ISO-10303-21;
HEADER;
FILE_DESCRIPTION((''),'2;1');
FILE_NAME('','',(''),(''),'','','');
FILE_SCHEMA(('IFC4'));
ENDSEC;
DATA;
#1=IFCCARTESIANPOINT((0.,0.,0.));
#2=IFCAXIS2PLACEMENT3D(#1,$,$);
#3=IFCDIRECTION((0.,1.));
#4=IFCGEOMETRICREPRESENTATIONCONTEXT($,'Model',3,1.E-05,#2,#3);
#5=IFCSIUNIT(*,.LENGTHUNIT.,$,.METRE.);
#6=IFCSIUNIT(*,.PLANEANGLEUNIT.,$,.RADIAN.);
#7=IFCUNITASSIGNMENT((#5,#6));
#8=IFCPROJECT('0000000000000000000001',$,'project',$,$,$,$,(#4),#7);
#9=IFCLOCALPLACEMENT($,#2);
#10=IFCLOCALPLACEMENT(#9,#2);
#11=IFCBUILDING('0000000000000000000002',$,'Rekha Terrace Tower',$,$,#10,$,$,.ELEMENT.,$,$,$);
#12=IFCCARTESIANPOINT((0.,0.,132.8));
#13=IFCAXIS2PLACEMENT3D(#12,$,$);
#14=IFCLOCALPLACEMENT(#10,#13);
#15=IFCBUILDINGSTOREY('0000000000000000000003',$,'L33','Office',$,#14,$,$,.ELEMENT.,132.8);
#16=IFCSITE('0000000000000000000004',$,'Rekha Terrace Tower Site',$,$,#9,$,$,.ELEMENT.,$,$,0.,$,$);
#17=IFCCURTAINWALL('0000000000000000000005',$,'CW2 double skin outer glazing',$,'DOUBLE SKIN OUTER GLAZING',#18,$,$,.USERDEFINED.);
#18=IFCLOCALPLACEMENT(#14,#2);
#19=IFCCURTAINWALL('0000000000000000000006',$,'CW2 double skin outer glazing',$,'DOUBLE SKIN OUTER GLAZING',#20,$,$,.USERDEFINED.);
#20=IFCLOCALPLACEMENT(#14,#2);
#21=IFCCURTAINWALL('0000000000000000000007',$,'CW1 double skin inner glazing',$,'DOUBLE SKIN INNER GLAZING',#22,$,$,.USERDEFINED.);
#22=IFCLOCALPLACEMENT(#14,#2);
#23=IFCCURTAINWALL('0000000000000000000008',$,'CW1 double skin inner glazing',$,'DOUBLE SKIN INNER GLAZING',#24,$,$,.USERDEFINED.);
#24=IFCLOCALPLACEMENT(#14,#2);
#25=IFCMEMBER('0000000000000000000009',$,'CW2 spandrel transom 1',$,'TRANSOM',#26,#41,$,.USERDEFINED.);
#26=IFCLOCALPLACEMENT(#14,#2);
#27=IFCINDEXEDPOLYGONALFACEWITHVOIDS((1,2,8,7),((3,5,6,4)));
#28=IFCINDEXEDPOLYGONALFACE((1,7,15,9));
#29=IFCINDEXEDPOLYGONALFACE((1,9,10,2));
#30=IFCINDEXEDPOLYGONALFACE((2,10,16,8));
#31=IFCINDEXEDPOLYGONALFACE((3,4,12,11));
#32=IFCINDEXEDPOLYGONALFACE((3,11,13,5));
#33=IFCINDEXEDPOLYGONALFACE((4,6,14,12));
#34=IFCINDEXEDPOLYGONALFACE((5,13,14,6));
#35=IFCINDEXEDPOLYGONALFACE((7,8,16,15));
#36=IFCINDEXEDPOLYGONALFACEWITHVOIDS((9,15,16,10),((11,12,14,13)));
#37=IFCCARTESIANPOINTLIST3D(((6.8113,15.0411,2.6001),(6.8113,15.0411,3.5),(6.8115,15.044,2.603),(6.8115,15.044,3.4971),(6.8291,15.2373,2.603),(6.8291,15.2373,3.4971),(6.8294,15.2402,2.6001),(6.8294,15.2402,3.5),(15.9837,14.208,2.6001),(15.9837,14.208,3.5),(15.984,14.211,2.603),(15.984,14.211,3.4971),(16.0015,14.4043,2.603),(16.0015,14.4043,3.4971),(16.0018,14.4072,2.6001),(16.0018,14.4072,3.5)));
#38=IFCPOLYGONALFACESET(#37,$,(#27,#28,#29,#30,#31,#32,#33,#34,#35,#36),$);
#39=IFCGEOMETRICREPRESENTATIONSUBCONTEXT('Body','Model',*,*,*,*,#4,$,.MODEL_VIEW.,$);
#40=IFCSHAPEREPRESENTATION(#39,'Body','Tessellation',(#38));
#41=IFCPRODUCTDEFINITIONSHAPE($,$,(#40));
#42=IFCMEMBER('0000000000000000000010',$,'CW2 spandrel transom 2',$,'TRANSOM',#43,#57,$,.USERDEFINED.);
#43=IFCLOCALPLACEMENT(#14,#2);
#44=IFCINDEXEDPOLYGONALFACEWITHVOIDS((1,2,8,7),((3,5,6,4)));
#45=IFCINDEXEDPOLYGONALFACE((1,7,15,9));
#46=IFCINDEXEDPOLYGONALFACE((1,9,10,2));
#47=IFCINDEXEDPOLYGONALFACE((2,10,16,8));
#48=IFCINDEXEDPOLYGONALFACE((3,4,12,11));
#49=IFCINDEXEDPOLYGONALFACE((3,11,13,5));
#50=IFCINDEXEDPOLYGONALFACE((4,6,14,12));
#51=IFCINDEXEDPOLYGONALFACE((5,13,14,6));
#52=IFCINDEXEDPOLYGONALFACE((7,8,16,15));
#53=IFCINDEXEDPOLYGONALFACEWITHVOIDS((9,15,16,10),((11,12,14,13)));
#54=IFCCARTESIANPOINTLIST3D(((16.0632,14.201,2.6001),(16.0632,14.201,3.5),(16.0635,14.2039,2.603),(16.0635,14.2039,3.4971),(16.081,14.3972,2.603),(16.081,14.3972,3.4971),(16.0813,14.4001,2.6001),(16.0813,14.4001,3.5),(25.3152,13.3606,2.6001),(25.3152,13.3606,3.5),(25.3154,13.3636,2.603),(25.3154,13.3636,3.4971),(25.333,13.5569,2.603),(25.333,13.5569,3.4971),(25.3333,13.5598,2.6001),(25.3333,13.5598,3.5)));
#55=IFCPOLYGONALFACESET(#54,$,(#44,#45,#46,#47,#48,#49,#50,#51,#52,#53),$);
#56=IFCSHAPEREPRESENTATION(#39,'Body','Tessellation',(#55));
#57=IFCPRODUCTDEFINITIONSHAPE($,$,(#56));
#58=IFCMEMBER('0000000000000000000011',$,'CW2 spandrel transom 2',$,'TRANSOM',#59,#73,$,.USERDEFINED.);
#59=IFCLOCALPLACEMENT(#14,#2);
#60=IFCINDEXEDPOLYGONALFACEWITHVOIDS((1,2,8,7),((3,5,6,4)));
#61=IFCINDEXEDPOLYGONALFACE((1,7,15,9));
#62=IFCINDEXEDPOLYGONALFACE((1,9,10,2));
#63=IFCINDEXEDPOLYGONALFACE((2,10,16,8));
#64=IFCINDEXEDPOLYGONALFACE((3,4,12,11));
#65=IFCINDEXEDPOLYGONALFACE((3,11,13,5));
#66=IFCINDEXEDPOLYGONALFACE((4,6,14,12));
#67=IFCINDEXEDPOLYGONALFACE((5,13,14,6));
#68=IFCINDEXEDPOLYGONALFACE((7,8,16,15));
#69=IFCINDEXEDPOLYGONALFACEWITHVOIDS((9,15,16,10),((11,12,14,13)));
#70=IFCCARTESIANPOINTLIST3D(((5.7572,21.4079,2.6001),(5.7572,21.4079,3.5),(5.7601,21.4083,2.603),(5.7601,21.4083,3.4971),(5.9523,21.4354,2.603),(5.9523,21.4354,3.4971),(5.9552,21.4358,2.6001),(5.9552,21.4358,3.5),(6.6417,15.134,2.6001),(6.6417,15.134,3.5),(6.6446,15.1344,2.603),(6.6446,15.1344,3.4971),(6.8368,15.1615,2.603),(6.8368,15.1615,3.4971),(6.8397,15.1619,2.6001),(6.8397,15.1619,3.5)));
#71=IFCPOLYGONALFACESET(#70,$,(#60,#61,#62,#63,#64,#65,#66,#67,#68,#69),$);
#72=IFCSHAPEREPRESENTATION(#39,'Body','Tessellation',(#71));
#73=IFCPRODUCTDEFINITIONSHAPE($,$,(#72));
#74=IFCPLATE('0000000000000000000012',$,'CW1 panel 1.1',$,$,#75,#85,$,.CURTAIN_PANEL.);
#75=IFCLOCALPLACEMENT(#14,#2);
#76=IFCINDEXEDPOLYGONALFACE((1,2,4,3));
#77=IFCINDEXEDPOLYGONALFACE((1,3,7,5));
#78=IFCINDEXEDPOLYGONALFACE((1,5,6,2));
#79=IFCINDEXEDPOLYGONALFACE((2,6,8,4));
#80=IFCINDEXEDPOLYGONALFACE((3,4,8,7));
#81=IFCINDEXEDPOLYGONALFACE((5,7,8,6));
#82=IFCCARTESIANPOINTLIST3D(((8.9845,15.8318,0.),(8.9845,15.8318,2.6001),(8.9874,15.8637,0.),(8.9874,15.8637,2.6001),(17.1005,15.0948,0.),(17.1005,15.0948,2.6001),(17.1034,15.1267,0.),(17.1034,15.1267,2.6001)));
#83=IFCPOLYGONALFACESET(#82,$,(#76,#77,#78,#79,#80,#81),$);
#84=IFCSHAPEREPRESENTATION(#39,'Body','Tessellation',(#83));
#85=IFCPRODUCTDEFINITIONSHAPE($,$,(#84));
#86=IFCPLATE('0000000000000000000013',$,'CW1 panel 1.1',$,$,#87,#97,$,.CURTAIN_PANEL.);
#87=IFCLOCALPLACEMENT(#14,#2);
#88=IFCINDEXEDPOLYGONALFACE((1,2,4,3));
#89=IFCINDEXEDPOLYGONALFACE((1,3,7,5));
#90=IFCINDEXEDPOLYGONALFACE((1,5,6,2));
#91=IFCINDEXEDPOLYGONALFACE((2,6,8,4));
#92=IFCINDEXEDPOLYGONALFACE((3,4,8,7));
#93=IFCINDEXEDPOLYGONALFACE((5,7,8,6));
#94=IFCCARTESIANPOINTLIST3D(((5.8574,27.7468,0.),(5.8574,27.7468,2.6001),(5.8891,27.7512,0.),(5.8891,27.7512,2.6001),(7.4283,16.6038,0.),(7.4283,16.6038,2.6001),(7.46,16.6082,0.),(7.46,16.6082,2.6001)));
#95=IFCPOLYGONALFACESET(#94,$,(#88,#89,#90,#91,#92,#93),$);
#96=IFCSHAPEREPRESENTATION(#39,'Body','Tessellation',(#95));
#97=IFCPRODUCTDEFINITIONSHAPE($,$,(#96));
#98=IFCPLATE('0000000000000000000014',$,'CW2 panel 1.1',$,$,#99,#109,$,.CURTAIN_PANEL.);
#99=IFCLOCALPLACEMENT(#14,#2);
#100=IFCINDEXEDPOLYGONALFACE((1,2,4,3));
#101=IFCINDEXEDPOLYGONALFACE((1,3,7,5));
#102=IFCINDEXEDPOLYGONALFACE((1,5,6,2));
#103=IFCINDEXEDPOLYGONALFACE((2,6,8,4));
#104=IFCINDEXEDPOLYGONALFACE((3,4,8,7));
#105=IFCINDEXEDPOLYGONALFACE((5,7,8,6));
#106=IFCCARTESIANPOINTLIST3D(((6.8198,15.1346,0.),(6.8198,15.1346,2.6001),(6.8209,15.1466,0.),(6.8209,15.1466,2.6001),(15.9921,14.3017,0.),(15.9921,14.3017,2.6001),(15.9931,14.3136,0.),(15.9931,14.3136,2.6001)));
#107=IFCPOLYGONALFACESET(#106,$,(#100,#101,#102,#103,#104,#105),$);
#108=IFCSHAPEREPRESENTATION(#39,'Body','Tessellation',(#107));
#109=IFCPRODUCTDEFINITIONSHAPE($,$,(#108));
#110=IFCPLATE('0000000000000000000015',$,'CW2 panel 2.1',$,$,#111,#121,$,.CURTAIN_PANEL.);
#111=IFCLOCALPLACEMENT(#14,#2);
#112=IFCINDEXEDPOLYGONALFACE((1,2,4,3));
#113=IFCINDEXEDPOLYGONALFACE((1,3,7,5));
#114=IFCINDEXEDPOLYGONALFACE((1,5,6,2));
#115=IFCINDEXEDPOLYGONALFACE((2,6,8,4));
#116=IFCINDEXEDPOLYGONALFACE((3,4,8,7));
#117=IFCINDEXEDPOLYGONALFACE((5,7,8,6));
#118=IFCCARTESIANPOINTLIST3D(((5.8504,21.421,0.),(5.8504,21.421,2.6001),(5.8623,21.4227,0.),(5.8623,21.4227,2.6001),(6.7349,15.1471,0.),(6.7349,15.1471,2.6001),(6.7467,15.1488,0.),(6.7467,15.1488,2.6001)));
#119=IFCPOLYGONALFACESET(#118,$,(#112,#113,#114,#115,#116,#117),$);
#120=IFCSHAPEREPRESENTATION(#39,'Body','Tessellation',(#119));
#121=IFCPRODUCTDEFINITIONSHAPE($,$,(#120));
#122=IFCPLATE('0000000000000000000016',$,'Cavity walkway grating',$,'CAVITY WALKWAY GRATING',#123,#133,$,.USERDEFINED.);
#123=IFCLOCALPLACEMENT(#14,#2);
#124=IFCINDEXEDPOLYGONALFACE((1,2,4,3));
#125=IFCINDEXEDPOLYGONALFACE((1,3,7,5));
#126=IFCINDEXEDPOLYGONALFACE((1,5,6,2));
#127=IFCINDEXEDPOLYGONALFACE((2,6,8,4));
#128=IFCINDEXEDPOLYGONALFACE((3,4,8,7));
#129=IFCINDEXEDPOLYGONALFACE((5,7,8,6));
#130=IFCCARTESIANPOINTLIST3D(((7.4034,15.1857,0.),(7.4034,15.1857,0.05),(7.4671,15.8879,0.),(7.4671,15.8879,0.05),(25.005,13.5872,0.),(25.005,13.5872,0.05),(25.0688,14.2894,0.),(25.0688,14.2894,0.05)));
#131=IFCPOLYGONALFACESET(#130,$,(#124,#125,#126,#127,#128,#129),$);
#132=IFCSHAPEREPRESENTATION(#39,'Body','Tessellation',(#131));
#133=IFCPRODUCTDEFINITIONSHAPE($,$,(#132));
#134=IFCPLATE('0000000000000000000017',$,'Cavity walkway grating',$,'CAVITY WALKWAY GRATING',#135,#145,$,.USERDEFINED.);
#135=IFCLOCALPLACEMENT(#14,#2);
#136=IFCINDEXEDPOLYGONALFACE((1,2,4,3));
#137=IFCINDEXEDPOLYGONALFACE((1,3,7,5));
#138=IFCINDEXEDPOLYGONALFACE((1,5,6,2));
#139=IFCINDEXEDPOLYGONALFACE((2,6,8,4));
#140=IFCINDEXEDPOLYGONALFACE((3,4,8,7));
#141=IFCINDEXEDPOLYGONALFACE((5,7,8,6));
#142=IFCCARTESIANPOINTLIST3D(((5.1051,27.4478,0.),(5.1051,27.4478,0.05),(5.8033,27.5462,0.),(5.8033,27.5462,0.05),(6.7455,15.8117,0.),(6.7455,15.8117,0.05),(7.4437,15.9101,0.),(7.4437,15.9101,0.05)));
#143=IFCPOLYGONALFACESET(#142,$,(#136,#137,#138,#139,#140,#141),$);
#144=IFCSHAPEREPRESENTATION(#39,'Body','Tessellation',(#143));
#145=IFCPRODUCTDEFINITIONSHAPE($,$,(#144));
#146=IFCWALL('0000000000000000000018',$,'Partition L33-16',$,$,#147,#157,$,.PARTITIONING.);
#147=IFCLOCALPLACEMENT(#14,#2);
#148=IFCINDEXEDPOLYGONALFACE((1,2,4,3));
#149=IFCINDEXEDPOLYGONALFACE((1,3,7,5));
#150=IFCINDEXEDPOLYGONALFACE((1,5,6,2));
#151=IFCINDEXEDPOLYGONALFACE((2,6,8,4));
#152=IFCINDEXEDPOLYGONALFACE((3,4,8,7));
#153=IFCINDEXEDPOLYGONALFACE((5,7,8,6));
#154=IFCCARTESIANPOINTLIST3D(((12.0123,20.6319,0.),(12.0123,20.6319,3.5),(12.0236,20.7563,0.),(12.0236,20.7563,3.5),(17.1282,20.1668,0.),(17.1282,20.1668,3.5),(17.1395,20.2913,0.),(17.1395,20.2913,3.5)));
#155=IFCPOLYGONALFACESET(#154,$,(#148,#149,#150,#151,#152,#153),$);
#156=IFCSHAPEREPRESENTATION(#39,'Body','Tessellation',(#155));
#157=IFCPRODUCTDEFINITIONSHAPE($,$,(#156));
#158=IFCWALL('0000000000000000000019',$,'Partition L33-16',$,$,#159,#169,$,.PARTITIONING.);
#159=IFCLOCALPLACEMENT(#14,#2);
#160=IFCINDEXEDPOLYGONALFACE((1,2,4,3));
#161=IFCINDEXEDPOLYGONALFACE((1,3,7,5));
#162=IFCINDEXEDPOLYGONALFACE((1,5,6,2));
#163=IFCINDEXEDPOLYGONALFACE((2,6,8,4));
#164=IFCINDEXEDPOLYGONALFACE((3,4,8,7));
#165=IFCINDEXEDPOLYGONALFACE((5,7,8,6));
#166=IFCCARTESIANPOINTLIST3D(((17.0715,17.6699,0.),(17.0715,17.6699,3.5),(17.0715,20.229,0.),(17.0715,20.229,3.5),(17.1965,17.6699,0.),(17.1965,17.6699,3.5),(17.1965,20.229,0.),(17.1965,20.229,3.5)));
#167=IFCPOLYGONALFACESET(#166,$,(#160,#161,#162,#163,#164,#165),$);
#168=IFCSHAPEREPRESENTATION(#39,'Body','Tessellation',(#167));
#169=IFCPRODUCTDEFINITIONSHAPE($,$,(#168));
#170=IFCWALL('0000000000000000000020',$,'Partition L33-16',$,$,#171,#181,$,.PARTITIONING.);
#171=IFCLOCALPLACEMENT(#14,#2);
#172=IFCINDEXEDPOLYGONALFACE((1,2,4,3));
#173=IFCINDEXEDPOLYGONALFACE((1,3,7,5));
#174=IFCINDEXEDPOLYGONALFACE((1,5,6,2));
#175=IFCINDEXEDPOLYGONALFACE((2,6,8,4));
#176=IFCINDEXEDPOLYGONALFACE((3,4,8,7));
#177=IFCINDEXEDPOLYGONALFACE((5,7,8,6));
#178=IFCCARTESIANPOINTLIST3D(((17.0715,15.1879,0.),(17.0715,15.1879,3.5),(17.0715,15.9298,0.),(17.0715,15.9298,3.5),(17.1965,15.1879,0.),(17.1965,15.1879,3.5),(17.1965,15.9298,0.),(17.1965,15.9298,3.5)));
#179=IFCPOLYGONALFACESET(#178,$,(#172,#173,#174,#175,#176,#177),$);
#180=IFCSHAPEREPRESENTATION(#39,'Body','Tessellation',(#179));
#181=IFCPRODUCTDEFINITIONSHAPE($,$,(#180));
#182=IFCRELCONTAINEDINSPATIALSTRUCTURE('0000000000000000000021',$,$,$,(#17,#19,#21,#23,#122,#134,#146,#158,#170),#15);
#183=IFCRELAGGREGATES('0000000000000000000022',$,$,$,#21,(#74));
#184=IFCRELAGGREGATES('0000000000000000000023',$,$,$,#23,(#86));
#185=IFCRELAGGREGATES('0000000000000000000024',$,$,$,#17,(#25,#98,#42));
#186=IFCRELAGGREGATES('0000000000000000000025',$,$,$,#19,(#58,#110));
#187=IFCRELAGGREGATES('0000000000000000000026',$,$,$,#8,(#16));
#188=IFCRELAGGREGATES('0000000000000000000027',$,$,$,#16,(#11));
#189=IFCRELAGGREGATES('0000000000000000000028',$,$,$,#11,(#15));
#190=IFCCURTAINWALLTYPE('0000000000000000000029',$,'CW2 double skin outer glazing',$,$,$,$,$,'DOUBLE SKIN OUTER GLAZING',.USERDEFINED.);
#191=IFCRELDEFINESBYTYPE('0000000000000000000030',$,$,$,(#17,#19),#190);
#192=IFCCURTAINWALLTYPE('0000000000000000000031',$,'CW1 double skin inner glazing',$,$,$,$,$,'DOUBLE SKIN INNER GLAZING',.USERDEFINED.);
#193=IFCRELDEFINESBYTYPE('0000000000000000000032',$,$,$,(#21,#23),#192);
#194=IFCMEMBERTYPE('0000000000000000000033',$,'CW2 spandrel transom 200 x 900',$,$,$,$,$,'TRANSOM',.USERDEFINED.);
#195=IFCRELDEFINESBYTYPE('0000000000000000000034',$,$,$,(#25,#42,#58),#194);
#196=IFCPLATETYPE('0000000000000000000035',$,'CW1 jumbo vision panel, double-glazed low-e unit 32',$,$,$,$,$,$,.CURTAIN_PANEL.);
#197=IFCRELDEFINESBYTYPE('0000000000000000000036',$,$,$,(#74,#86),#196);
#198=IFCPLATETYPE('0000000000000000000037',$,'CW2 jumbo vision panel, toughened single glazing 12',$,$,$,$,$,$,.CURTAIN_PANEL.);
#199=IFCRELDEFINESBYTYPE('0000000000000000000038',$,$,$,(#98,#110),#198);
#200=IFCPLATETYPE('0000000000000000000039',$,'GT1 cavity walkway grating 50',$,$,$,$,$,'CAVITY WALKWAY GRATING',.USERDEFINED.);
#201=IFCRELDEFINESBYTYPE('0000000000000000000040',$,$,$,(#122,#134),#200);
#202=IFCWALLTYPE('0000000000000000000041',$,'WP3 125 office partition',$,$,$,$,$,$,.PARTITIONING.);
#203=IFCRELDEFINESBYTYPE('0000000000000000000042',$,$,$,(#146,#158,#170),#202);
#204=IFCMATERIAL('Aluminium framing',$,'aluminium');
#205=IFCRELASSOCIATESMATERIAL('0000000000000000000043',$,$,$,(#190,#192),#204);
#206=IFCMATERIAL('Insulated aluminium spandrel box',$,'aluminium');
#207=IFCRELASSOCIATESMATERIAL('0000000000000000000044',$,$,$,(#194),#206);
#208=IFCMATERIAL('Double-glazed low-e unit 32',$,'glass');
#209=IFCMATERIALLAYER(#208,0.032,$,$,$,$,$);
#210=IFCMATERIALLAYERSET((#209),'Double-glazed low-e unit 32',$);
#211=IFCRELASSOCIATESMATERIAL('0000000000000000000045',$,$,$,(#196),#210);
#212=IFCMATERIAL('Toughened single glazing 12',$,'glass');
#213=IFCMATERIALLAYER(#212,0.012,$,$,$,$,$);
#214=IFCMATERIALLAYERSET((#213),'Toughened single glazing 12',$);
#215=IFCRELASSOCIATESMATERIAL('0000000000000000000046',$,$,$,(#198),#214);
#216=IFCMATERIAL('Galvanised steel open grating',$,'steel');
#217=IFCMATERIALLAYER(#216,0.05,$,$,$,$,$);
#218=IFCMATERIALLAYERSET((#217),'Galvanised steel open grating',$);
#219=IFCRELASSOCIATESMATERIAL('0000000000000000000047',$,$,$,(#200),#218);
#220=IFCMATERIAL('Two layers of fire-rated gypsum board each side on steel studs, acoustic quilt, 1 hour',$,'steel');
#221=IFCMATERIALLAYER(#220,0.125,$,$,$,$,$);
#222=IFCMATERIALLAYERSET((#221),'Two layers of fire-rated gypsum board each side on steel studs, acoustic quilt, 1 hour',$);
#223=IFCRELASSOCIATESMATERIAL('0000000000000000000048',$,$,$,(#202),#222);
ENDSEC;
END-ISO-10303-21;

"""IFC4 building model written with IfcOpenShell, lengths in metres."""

from ifc_helpers import new_model, si_unit, direction, frame, frame_2d, origin, origin_2d, place, context, subcontext, project, spatial, rectangle, hollow_rectangle, extrude, material, layer, layer_set, material_profile, profile_set, type_object, element, aggregate, save


model = new_model("IFC4")

# Units and contexts
model_context = context("Model", 3, precision=1e-05, world=origin(), true_north=direction((0.0, 1.0)))
body_context = subcontext(model_context, "Body", "Model", "MODEL_VIEW")
ifc_project = project(units=[si_unit("LENGTHUNIT", "METRE"), si_unit("PLANEANGLEUNIT", "RADIAN")], contexts=[model_context])

# Site, building, storey
site_placement = place(None, origin())
site = spatial("IfcSite", under=ifc_project, at=site_placement, Name="Rekha Terrace Tower Site", CompositionType="ELEMENT", RefElevation=0.0)
building_placement = place(site_placement, origin())
building = spatial("IfcBuilding", under=site, at=building_placement, Name="Rekha Terrace Tower", CompositionType="ELEMENT")
storey_placement = place(building_placement, frame((0.0, 0.0, 132.8)))
storey = spatial("IfcBuildingStorey", under=building, at=storey_placement, Name="L33", Description="Office", CompositionType="ELEMENT", Elevation=132.8)

# Curtain walls
ifc_material_1 = material(Name="Aluminium framing", Category="aluminium")
curtain_wall_type_1 = type_object("IfcCurtainWallType", Name="CW2 double skin outer glazing", ElementType="DOUBLE SKIN OUTER GLAZING", PredefinedType="USERDEFINED", material=ifc_material_1)
curtain_wall_1_placement = place(storey_placement, origin())
curtain_wall_1 = element("IfcCurtainWall", 1, at=curtain_wall_1_placement, inside=storey, type_object=curtain_wall_type_1, Name="CW2 double skin outer glazing", ObjectType="DOUBLE SKIN OUTER GLAZING", PredefinedType="USERDEFINED")
curtain_wall_2_placement = place(storey_placement, origin())
curtain_wall_2 = element("IfcCurtainWall", 2, at=curtain_wall_2_placement, inside=storey, type_object=curtain_wall_type_1, Name="CW2 double skin outer glazing", ObjectType="DOUBLE SKIN OUTER GLAZING", PredefinedType="USERDEFINED")

# Curtain wall
curtain_wall_type_2 = type_object("IfcCurtainWallType", Name="CW1 double skin inner glazing", ElementType="DOUBLE SKIN INNER GLAZING", PredefinedType="USERDEFINED", material=ifc_material_1)
curtain_wall_3_placement = place(storey_placement, origin())
curtain_wall_3 = element("IfcCurtainWall", 3, at=curtain_wall_3_placement, inside=storey, type_object=curtain_wall_type_2, Name="CW1 double skin inner glazing", ObjectType="DOUBLE SKIN INNER GLAZING", PredefinedType="USERDEFINED")

# Curtain wall
curtain_wall_4_placement = place(storey_placement, origin())
curtain_wall_4 = element("IfcCurtainWall", 4, at=curtain_wall_4_placement, inside=storey, type_object=curtain_wall_type_2, Name="CW1 double skin inner glazing", ObjectType="DOUBLE SKIN INNER GLAZING", PredefinedType="USERDEFINED")

# Members
ifc_material_2 = material(Name="Insulated aluminium spandrel box", Category="aluminium")
ifc_material_profile_1 = material_profile(ifc_material_2, hollow_rectangle(XDim=0.2, YDim=0.8999, WallThickness=0.0029, at=origin_2d()), Name="AL SPANDREL BOX 200x900")
ifc_profile_set_1 = profile_set([ifc_material_profile_1], Name="Insulated aluminium spandrel box")
member_type_1 = type_object("IfcMemberType", Name="CW2 spandrel transom 200 x 900", ElementType="TRANSOM", PredefinedType="USERDEFINED", material=ifc_profile_set_1)
member_1_placement = place(storey_placement, frame((6.8203, 15.1406, 3.05), z_axis=(0.995901, -0.090445, 0.0), x_axis=(0.090445, 0.995901, 0.0)))
member_1 = element("IfcMember", 5, at=member_1_placement, type_object=member_type_1, Name="CW2 spandrel transom 1", ObjectType="TRANSOM", PredefinedType="USERDEFINED", context=body_context, shape_type="SweptSolid", body=[
    extrude(hollow_rectangle(XDim=0.2, YDim=0.8999, WallThickness=0.0029, at=origin_2d()), origin(), (0.0, 0.0, 1.0), 9.2102),
])
member_2_placement = place(storey_placement, frame((16.0723, 14.3005, 3.05), z_axis=(0.995901, -0.090455, 0.0), x_axis=(0.090455, 0.995901, 0.0)))
member_2 = element("IfcMember", 6, at=member_2_placement, type_object=member_type_1, Name="CW2 spandrel transom 2", ObjectType="TRANSOM", PredefinedType="USERDEFINED", context=body_context, shape_type="SweptSolid", body=[
    extrude(hollow_rectangle(XDim=0.2, YDim=0.8999, WallThickness=0.0029, at=origin_2d()), origin(), (0.0, 0.0, 1.0), 9.29),
])
member_3_placement = place(storey_placement, frame((5.8562, 21.4219, 3.05), z_axis=(0.139603, -0.990208, 0.0), x_axis=(0.990208, 0.139603, 0.0)))
member_3 = element("IfcMember", 7, at=member_3_placement, type_object=member_type_1, Name="CW2 spandrel transom 2", ObjectType="TRANSOM", PredefinedType="USERDEFINED", context=body_context, shape_type="SweptSolid", body=[
    extrude(hollow_rectangle(XDim=0.2, YDim=0.8999, WallThickness=0.0029, at=origin_2d()), origin(), (0.0, 0.0, 1.0), 6.3359),
])

# Plates
ifc_material_3 = material(Name="Double-glazed low-e unit 32", Category="glass")
ifc_layer_1 = layer(ifc_material_3, 0.032)
ifc_layer_set_1 = layer_set([ifc_layer_1], Name="Double-glazed low-e unit 32")
plate_type_1 = type_object("IfcPlateType", Name="CW1 jumbo vision panel, double-glazed low-e unit 32", PredefinedType="CURTAIN_PANEL", material=ifc_layer_set_1)
plate_1_placement = place(storey_placement, frame((13.0439, 15.4792, 0.0), z_axis=(0.0, 0.0, 1.0), x_axis=(0.995902, -0.09044, 0.0)))
plate_1 = element("IfcPlate", 8, at=plate_1_placement, type_object=plate_type_1, Name="CW1 panel 1.1", PredefinedType="CURTAIN_PANEL", context=body_context, shape_type="SweptSolid", body=[
    extrude(rectangle(XDim=8.1494, YDim=0.032, at=origin_2d()), origin(), (0.0, 0.0, 1.0), 2.6001),
])
aggregate(curtain_wall_3, [plate_1])
plate_2_placement = place(storey_placement, frame((6.6587, 22.1775, 0.0), z_axis=(0.0, 0.0, 1.0), x_axis=(0.139597, -0.990208, 0.0)))
plate_2 = element("IfcPlate", 9, at=plate_2_placement, type_object=plate_type_1, Name="CW1 panel 1.1", PredefinedType="CURTAIN_PANEL", context=body_context, shape_type="SweptSolid", body=[
    extrude(rectangle(XDim=11.2532, YDim=0.032, at=origin_2d()), origin(), (0.0, 0.0, 1.0), 2.6001),
])
aggregate(curtain_wall_4, [plate_2])
ifc_material_4 = material(Name="Toughened single glazing 12", Category="glass")
ifc_layer_2 = layer(ifc_material_4, 0.012)
ifc_layer_set_2 = layer_set([ifc_layer_2], Name="Toughened single glazing 12")
plate_type_2 = type_object("IfcPlateType", Name="CW2 jumbo vision panel, toughened single glazing 12", PredefinedType="CURTAIN_PANEL", material=ifc_layer_set_2)
plate_3_placement = place(storey_placement, frame((11.4065, 14.7241, 0.0), z_axis=(0.0, 0.0, 1.0), x_axis=(0.995902, -0.09044, 0.0)))
plate_3 = element("IfcPlate", 10, at=plate_3_placement, type_object=plate_type_2, Name="CW2 panel 1.1", PredefinedType="CURTAIN_PANEL", context=body_context, shape_type="SweptSolid", body=[
    extrude(rectangle(XDim=9.21, YDim=0.012, at=origin_2d()), origin(), (0.0, 0.0, 1.0), 2.6001),
])
aggregate(curtain_wall_1, [member_1, plate_3, member_2])
plate_4_placement = place(storey_placement, frame((6.2986, 18.2849, 0.0), z_axis=(0.0, 0.0, 1.0), x_axis=(0.139597, -0.990208, 0.0)))
plate_4 = element("IfcPlate", 11, at=plate_4_placement, type_object=plate_type_2, Name="CW2 panel 2.1", PredefinedType="CURTAIN_PANEL", context=body_context, shape_type="SweptSolid", body=[
    extrude(rectangle(XDim=6.3359, YDim=0.012, at=origin_2d()), origin(), (0.0, 0.0, 1.0), 2.6001),
])
aggregate(curtain_wall_2, [member_3, plate_4])

# Plates
ifc_material_5 = material(Name="Galvanised steel open grating", Category="steel")
ifc_layer_3 = layer(ifc_material_5, 0.05)
ifc_layer_set_3 = layer_set([ifc_layer_3], Name="Galvanised steel open grating")
plate_type_3 = type_object("IfcPlateType", Name="GT1 cavity walkway grating 50", ElementType="CAVITY WALKWAY GRATING", PredefinedType="USERDEFINED", material=ifc_layer_set_3)
plate_5_placement = place(storey_placement, frame((16.2361, 14.7375, 0.0), z_axis=(0.0, 0.0, 1.0), x_axis=(0.995902, -0.09044, 0.0)))
element("IfcPlate", 12, at=plate_5_placement, inside=storey, type_object=plate_type_3, Name="Cavity walkway grating", ObjectType="CAVITY WALKWAY GRATING", PredefinedType="USERDEFINED", context=body_context, shape_type="SweptSolid", body=[
    extrude(rectangle(XDim=17.6741, YDim=0.7051, at=origin_2d()), origin(), (0.0, 0.0, 1.0), 0.05),
])
plate_6_placement = place(storey_placement, frame((6.2744, 21.679, 0.0), z_axis=(0.0, 0.0, 1.0), x_axis=(0.139597, -0.990208, 0.0)))
element("IfcPlate", 13, at=plate_6_placement, inside=storey, type_object=plate_type_3, Name="Cavity walkway grating", ObjectType="CAVITY WALKWAY GRATING", PredefinedType="USERDEFINED", context=body_context, shape_type="SweptSolid", body=[
    extrude(rectangle(XDim=11.7512, YDim=0.7051, at=origin_2d()), origin(), (0.0, 0.0, 1.0), 0.05),
])

# Walls
ifc_material_6 = material(Name="Two layers of fire-rated gypsum board each side on steel studs, acoustic quilt, 1 hour", Category="steel")
ifc_layer_4 = layer(ifc_material_6, 0.125)
ifc_layer_set_4 = layer_set([ifc_layer_4], Name="Two layers of fire-rated gypsum board each side on steel studs, acoustic quilt, 1 hour")
wall_type = type_object("IfcWallType", Name="WP3 125 office partition", PredefinedType="PARTITIONING", material=ifc_layer_set_4)
wall_1_placement = place(storey_placement, frame((12.0181, 20.6941, 0.0), z_axis=(0.0, 0.0, 1.0), x_axis=(0.995893, -0.090536, 0.0)))
element("IfcWall", 14, at=wall_1_placement, inside=storey, type_object=wall_type, Name="Partition L33-16", PredefinedType="PARTITIONING", context=body_context, shape_type="SweptSolid", body=[
    extrude(rectangle(XDim=5.137, YDim=0.125, at=frame_2d((2.5684, 0.0))), origin(), (0.0, 0.0, 1.0), 3.5),
])
wall_2_placement = place(storey_placement, frame((17.134, 20.229, 0.0), z_axis=(0.0, 0.0, 1.0), x_axis=(0.0, -1.0, 0.0)))
element("IfcWall", 15, at=wall_2_placement, inside=storey, type_object=wall_type, Name="Partition L33-16", PredefinedType="PARTITIONING", context=body_context, shape_type="SweptSolid", body=[
    extrude(rectangle(XDim=2.5591, YDim=0.125, at=frame_2d((1.2795, 0.0))), origin(), (0.0, 0.0, 1.0), 3.5),
])
wall_3_placement = place(storey_placement, frame((17.134, 15.9299, 0.0), z_axis=(0.0, 0.0, 1.0), x_axis=(0.0, -1.0, 0.0)))
element("IfcWall", 16, at=wall_3_placement, inside=storey, type_object=wall_type, Name="Partition L33-16", PredefinedType="PARTITIONING", context=body_context, shape_type="SweptSolid", body=[
    extrude(rectangle(XDim=0.7419, YDim=0.125, at=frame_2d((0.3711, 0.0))), origin(), (0.0, 0.0, 1.0), 3.5),
])

save(model, "model.ifc")
